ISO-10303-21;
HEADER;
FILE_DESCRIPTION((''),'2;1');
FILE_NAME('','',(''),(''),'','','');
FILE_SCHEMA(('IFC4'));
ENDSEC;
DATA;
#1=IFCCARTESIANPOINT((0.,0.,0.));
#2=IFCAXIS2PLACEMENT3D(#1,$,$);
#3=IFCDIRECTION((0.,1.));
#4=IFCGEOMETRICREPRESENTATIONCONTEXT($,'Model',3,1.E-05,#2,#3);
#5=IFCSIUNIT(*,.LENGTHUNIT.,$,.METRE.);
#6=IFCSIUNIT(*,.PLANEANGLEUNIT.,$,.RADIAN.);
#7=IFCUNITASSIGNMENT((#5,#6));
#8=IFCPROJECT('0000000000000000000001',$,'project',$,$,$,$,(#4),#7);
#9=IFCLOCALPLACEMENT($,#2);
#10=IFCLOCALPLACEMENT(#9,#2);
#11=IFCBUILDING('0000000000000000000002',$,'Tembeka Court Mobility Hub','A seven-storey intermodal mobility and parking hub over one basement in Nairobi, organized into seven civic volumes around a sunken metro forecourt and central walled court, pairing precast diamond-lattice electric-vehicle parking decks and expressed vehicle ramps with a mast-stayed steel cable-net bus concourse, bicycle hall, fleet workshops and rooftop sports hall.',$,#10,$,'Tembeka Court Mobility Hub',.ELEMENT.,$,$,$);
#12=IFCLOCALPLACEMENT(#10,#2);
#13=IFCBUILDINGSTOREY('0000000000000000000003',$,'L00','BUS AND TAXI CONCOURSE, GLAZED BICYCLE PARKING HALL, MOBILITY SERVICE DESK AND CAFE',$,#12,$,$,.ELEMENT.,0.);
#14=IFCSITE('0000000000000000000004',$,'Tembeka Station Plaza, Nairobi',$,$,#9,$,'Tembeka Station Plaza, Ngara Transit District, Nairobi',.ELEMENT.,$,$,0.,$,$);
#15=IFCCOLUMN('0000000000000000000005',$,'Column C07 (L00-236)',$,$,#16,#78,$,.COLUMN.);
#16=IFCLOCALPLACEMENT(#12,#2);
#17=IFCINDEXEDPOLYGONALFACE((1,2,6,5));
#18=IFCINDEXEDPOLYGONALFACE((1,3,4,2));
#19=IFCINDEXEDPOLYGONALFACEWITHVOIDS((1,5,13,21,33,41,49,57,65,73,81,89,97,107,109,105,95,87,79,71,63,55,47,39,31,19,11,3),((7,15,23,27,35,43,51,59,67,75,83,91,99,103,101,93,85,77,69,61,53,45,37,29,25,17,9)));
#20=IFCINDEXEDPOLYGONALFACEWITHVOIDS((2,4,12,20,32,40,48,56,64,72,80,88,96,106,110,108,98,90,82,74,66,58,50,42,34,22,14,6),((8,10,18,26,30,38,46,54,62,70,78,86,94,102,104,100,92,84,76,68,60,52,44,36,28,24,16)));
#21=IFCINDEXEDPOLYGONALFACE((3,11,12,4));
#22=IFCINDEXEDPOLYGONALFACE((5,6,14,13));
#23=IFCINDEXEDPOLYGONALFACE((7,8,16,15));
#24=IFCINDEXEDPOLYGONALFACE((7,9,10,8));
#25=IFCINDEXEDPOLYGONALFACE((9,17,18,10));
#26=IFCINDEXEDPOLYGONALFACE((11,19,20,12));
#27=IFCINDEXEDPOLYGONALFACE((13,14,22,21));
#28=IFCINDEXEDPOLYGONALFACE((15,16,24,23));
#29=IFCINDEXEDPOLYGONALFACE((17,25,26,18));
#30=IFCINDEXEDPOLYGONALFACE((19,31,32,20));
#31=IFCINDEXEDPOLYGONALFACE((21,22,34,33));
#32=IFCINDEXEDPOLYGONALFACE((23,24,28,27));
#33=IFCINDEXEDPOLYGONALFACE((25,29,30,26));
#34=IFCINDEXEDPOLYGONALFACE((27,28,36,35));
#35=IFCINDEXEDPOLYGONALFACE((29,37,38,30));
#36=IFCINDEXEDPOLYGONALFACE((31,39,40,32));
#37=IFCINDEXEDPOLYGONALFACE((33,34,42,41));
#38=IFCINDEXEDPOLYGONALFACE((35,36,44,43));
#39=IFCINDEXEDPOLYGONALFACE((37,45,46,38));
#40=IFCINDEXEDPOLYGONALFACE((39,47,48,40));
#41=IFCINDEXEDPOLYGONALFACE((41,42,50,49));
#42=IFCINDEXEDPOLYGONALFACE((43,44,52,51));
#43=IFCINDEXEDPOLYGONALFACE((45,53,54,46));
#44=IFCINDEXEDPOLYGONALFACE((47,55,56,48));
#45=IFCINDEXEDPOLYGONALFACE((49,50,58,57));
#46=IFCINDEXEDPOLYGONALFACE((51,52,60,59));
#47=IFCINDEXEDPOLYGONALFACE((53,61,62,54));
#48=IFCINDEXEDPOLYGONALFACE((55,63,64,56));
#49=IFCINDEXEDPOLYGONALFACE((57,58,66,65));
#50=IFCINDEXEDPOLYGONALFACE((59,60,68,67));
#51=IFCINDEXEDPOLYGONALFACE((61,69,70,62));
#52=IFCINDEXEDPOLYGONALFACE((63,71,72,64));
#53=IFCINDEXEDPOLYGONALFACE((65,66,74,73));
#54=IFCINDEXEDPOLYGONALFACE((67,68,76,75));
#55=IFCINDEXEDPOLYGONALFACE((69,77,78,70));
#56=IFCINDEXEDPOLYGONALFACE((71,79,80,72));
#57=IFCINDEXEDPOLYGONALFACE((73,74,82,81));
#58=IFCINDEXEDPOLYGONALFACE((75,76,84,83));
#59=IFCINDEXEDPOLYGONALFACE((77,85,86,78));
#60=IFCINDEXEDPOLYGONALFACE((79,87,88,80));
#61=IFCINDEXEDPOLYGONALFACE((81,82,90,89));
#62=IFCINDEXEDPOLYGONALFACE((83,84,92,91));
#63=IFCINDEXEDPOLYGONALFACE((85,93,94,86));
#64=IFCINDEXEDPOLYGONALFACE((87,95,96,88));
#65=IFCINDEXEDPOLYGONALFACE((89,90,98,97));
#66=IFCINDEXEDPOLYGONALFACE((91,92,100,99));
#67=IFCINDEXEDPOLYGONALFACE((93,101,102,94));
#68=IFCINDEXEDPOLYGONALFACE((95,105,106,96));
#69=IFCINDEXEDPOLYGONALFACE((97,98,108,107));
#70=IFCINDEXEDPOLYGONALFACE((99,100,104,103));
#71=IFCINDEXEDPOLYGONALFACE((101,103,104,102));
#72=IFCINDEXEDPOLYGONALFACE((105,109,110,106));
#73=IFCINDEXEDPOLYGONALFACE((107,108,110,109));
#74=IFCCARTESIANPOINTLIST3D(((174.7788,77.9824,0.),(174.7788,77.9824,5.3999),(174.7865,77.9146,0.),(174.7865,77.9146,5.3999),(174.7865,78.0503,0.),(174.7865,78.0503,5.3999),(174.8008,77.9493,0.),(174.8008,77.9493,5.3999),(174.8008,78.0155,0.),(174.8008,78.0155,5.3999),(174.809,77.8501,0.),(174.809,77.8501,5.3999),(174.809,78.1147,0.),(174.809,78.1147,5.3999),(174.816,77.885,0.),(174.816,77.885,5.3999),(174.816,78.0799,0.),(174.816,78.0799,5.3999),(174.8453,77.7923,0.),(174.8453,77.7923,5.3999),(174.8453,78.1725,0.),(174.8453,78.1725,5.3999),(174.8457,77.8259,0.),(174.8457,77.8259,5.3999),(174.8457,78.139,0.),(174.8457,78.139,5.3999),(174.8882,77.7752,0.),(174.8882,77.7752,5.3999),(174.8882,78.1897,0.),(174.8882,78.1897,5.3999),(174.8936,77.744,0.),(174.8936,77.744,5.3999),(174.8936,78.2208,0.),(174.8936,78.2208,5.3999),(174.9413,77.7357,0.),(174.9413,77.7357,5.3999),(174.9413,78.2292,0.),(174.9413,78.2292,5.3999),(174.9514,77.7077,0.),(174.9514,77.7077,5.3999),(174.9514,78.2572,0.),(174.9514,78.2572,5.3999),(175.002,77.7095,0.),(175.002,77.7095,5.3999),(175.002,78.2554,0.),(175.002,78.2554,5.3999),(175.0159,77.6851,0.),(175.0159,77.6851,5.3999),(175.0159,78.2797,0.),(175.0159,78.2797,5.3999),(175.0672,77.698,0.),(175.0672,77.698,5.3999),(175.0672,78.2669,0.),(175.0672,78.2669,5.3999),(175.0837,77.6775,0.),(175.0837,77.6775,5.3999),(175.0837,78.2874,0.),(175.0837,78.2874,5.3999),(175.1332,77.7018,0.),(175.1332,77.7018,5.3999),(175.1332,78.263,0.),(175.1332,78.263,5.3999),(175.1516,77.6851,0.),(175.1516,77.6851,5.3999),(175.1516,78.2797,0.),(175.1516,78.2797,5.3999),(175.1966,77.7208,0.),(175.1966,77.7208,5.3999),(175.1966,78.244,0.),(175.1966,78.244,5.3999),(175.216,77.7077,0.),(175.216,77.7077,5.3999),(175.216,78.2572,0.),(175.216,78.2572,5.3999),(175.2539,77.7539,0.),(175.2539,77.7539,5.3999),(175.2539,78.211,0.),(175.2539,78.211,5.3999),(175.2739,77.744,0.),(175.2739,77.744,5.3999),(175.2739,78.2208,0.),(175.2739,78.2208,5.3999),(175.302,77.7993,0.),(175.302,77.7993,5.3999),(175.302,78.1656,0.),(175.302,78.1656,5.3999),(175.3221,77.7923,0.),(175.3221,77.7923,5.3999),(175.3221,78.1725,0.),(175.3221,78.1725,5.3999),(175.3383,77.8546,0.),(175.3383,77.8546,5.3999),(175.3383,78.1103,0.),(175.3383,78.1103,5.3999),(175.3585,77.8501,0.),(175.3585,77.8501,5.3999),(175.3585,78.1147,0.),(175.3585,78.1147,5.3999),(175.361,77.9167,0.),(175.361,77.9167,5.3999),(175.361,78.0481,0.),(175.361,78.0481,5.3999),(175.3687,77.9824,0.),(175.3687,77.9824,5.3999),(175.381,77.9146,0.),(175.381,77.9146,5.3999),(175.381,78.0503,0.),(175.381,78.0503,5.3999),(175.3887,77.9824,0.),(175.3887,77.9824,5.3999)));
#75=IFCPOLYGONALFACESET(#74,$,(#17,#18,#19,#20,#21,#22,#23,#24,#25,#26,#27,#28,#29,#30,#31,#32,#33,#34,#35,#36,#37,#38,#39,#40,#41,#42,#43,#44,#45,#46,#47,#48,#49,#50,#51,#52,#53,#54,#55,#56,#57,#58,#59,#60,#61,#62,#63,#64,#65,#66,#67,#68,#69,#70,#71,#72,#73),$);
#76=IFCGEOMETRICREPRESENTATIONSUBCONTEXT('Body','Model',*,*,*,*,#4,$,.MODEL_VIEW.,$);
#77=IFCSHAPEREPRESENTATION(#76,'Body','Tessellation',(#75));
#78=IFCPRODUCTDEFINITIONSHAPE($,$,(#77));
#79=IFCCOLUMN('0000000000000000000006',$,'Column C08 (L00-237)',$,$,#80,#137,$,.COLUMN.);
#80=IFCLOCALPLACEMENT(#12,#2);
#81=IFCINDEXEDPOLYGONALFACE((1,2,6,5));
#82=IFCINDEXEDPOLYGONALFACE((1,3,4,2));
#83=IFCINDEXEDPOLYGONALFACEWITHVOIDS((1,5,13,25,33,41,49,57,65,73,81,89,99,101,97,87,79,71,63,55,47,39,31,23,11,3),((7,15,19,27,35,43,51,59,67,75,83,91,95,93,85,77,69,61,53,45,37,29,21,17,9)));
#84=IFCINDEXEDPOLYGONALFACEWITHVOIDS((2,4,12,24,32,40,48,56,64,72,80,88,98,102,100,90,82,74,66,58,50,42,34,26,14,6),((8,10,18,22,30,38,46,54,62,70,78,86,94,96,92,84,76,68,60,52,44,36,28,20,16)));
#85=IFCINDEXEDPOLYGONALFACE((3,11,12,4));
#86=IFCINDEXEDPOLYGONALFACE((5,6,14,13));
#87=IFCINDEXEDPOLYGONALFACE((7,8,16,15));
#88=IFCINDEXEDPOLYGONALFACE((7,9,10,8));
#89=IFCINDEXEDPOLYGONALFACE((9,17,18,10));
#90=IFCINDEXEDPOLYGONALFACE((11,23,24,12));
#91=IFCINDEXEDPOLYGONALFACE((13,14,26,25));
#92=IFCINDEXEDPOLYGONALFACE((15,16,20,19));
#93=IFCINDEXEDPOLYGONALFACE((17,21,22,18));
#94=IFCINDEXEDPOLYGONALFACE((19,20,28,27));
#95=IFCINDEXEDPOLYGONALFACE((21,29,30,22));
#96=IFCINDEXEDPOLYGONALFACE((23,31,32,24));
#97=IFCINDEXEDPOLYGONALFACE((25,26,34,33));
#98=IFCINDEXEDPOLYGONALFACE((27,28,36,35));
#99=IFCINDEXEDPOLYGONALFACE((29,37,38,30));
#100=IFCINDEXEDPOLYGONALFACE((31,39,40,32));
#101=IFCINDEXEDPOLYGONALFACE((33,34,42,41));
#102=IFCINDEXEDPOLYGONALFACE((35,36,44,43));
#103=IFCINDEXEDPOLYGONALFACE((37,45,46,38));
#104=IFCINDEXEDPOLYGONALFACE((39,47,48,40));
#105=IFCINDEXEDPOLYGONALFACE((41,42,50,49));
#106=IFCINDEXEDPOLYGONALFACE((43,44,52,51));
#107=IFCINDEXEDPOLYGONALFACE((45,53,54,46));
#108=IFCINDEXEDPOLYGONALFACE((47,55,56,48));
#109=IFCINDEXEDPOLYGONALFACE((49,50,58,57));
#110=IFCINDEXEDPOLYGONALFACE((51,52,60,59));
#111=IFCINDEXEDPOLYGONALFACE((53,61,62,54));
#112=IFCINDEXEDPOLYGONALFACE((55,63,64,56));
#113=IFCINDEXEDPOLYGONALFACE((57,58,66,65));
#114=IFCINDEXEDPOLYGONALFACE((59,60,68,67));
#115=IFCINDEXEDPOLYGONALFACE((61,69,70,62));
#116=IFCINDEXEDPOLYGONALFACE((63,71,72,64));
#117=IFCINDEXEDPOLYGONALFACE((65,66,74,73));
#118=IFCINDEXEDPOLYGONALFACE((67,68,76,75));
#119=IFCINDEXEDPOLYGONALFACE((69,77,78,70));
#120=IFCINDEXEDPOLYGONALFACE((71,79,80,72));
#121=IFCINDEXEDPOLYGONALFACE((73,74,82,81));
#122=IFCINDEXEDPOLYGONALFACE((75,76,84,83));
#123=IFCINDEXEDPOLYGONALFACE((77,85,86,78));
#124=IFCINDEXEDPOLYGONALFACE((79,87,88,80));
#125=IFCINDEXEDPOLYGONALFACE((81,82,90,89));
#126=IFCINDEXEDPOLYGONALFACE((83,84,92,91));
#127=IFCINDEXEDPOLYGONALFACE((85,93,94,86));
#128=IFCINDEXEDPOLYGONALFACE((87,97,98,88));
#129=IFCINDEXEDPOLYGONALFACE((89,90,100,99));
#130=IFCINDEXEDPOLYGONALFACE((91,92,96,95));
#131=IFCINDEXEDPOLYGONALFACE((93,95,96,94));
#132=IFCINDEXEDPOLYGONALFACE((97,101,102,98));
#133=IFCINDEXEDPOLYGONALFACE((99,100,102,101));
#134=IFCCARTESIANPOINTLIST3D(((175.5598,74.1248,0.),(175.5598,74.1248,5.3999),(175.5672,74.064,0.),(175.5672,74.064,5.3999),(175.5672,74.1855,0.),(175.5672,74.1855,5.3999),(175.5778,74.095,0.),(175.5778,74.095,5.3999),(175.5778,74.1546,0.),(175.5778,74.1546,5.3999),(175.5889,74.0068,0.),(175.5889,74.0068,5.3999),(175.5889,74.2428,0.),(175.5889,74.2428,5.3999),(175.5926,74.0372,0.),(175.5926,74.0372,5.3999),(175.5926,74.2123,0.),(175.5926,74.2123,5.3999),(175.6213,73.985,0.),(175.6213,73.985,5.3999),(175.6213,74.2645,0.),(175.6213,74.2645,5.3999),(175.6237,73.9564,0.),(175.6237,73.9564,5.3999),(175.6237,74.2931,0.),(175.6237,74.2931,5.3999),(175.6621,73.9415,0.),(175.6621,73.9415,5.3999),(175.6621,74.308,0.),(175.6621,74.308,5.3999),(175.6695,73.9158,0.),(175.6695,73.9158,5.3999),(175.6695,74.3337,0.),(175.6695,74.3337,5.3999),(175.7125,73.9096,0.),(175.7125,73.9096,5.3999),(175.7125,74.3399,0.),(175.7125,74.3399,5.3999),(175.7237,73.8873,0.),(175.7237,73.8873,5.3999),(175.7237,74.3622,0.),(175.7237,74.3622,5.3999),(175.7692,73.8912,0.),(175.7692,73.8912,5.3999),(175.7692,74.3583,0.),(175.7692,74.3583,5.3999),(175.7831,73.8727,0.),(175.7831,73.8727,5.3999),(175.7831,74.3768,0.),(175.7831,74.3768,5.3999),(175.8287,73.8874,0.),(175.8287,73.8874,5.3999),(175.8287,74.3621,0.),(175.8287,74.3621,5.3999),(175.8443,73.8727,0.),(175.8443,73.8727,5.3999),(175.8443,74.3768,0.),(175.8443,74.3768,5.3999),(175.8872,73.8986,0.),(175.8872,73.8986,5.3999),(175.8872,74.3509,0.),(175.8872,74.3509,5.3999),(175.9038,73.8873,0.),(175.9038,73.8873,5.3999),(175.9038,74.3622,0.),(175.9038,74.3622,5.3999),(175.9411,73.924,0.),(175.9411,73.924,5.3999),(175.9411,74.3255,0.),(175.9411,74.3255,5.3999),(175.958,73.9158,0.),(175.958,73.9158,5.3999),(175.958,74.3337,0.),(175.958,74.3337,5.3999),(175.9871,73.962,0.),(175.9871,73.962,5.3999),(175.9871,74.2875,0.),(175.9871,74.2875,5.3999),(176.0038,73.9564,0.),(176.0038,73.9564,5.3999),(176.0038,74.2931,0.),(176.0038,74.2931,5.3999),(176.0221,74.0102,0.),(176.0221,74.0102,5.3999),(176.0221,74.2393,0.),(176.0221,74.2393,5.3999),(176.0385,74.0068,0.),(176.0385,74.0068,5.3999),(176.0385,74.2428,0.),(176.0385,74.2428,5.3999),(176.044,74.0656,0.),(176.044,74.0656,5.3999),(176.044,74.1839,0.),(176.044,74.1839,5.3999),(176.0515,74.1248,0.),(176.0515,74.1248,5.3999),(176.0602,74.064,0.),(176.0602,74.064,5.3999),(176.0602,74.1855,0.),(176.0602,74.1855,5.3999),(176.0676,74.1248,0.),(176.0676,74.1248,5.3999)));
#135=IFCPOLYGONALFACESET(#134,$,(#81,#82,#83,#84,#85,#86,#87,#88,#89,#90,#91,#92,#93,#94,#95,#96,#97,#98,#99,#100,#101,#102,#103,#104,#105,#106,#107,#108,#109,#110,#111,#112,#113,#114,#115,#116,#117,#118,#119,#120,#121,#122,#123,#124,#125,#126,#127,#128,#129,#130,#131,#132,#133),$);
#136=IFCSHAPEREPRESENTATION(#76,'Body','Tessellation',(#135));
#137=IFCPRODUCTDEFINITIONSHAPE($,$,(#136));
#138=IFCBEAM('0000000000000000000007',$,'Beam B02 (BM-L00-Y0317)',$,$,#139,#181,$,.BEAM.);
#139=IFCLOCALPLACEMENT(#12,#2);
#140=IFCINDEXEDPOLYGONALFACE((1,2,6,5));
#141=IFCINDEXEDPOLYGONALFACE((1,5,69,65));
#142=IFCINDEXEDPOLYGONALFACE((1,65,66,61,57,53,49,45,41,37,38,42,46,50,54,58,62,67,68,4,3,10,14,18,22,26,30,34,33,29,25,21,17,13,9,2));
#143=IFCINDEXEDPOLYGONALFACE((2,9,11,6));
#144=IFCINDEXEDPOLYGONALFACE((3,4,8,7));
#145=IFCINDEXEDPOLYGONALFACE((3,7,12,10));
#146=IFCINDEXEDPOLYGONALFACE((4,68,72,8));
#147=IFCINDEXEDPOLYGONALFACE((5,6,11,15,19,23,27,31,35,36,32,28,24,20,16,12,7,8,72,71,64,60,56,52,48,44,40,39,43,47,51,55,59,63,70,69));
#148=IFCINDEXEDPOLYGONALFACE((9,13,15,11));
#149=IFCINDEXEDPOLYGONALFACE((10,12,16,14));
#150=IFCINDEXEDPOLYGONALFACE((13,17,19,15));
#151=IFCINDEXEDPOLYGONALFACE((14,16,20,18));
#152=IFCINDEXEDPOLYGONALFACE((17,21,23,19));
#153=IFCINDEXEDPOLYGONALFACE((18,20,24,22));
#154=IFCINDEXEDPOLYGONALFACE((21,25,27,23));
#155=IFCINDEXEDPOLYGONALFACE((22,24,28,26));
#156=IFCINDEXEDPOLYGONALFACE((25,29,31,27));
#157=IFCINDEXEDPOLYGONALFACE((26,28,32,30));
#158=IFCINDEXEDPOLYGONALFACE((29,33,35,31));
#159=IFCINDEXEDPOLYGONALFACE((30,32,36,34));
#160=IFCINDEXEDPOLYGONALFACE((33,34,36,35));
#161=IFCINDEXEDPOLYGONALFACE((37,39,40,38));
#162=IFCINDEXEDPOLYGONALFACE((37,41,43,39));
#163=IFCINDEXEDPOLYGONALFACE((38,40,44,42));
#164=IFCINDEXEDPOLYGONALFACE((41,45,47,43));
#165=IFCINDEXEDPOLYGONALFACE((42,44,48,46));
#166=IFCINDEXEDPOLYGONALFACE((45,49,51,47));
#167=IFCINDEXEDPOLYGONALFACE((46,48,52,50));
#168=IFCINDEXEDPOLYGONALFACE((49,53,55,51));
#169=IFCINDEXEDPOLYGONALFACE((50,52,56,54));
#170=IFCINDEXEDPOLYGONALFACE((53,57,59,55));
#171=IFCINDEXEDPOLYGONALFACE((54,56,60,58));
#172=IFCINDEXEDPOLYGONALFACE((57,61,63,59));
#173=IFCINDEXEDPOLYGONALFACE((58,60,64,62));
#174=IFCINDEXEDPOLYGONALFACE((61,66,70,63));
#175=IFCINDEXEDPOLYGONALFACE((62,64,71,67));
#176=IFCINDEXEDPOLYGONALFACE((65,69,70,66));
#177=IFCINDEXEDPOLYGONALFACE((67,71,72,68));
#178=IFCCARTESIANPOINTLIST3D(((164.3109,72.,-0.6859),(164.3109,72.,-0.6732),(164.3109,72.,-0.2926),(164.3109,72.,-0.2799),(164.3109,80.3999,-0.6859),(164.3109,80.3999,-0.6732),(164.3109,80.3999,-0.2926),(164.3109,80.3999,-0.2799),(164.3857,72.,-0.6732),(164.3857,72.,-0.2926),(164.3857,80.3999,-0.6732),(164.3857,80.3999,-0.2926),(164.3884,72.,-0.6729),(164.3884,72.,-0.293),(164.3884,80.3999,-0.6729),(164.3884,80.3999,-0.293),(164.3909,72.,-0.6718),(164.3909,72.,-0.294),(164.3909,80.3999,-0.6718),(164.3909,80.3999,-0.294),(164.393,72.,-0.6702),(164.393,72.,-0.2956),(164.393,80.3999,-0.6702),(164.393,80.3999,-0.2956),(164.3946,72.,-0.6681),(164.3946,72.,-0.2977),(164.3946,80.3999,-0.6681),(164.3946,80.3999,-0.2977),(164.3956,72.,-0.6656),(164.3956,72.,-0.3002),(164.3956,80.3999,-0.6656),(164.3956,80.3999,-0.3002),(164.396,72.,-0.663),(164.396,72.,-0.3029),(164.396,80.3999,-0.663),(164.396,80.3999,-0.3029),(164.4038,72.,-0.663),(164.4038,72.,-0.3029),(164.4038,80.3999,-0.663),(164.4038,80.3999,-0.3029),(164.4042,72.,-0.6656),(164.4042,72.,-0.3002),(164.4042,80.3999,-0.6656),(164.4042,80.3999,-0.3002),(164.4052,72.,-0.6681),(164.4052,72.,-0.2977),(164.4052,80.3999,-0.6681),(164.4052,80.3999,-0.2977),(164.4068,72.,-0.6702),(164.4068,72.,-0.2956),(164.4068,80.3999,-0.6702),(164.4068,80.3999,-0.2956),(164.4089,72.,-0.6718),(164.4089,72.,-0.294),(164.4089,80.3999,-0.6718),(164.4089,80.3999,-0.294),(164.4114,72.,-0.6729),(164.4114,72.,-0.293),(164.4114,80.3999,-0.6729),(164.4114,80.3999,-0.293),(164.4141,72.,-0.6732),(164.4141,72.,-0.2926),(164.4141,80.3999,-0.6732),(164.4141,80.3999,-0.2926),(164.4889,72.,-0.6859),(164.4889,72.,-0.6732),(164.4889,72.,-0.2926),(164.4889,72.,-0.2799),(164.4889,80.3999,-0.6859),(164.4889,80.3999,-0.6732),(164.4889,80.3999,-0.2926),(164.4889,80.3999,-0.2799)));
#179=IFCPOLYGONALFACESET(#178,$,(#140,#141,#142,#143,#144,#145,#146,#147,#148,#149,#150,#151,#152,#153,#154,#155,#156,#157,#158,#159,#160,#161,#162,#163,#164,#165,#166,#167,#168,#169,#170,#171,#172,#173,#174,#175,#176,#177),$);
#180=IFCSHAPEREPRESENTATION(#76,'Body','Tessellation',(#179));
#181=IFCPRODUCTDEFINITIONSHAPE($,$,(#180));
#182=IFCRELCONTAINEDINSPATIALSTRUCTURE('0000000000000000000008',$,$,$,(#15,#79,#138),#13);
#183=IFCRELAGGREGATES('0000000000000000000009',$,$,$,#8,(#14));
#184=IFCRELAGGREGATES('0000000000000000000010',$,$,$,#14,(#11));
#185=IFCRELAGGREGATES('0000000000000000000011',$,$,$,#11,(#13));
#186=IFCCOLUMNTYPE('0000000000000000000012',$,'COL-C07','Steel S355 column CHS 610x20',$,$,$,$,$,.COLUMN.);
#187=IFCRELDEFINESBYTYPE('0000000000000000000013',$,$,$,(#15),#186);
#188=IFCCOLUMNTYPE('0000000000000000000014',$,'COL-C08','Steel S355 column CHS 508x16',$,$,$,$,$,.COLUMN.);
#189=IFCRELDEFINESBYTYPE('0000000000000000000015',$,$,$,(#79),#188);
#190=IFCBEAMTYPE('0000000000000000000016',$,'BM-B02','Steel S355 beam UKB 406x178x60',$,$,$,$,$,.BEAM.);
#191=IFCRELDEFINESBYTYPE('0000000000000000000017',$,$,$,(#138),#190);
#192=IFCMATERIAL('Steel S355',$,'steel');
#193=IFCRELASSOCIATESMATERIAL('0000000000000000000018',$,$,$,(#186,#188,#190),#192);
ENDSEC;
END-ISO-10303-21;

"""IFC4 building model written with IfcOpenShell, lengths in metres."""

from ifc_helpers import new_model, si_unit, direction, frame, origin, origin_2d, place, context, subcontext, project, spatial, hollow_circle, i_section, extrude, material, material_profile, profile_set, type_object, element, save


model = new_model("IFC4")

# Units and contexts
model_context = context("Model", 3, precision=1e-05, world=origin(), true_north=direction((0.0, 1.0)))
body_context = subcontext(model_context, "Body", "Model", "MODEL_VIEW")
ifc_project = project(units=[si_unit("LENGTHUNIT", "METRE"), si_unit("PLANEANGLEUNIT", "RADIAN")], contexts=[model_context])

# Site, building, storey
site_placement = place(None, origin())
site = spatial("IfcSite", under=ifc_project, at=site_placement, Name="Tembeka Station Plaza, Nairobi", LongName="Tembeka Station Plaza, Ngara Transit District, Nairobi", CompositionType="ELEMENT", RefElevation=0.0)
building_placement = place(site_placement, origin())
building = spatial("IfcBuilding", under=site, at=building_placement, Name="Tembeka Court Mobility Hub", Description="A seven-storey intermodal mobility and parking hub over one basement in Nairobi, organized into seven civic volumes around a sunken metro forecourt and central walled court, pairing precast diamond-lattice electric-vehicle parking decks and expressed vehicle ramps with a mast-stayed steel cable-net bus concourse, bicycle hall, fleet workshops and rooftop sports hall.", LongName="Tembeka Court Mobility Hub", CompositionType="ELEMENT")
storey_placement = place(building_placement, origin())
storey = spatial("IfcBuildingStorey", under=building, at=storey_placement, Name="L00", Description="BUS AND TAXI CONCOURSE, GLAZED BICYCLE PARKING HALL, MOBILITY SERVICE DESK AND CAFE", CompositionType="ELEMENT", Elevation=0.0)

# Columns
ifc_material_1 = material(Name="Steel S355", Category="steel")
ifc_material_profile_1 = material_profile(ifc_material_1, hollow_circle(Radius=0.3049, WallThickness=0.02, at=origin_2d()), Name="CHS 610x20")
ifc_profile_set_1 = profile_set([ifc_material_profile_1], Name="Steel S355")
column_type_1 = type_object("IfcColumnType", Name="COL-C07", Description="Steel S355 column CHS 610x20", PredefinedType="COLUMN", material=ifc_profile_set_1)
column_1_placement = place(storey_placement, frame((175.0837, 77.9824, 0.0), z_axis=(0.0, 0.0, 1.0), x_axis=(1.0, 0.0, 0.0)))
element("IfcColumn", 1, at=column_1_placement, inside=storey, type_object=column_type_1, Name="Column C07 (L00-236)", PredefinedType="COLUMN", context=body_context, shape_type="SweptSolid", body=[
    extrude(hollow_circle(Radius=0.3049, WallThickness=0.02, at=origin_2d()), origin(), (0.0, 0.0, 1.0), 5.3999),
])
ifc_material_profile_2 = material_profile(ifc_material_1, hollow_circle(Radius=0.2539, WallThickness=0.0161, at=origin_2d()), Name="CHS 508x16")
ifc_profile_set_2 = profile_set([ifc_material_profile_2], Name="Steel S355")
column_type_2 = type_object("IfcColumnType", Name="COL-C08", Description="Steel S355 column CHS 508x16", PredefinedType="COLUMN", material=ifc_profile_set_2)
column_2_placement = place(storey_placement, frame((175.8137, 74.1248, 0.0), z_axis=(0.0, 0.0, 1.0), x_axis=(1.0, 0.0, 0.0)))
element("IfcColumn", 2, at=column_2_placement, inside=storey, type_object=column_type_2, Name="Column C08 (L00-237)", PredefinedType="COLUMN", context=body_context, shape_type="SweptSolid", body=[
    extrude(hollow_circle(Radius=0.2539, WallThickness=0.0161, at=origin_2d()), origin(), (0.0, 0.0, 1.0), 5.3999),
])

# Beam
ifc_material_profile_3 = material_profile(ifc_material_1, i_section(OverallWidth=0.178, OverallDepth=0.406, WebThickness=0.0078, FlangeThickness=0.0127, FilletRadius=0.0103, at=origin_2d()), Name="UKB 406x178x60")
ifc_profile_set_3 = profile_set([ifc_material_profile_3], Name="Steel S355")
beam_type_1 = type_object("IfcBeamType", Name="BM-B02", Description="Steel S355 beam UKB 406x178x60", PredefinedType="BEAM", material=ifc_profile_set_3)
beam_1_placement = place(storey_placement, frame((164.3999, 72.0, -0.4829), z_axis=(0.0, 1.0, 0.0), x_axis=(-1.0, 0.0, 0.0)))
element("IfcBeam", 3, at=beam_1_placement, inside=storey, type_object=beam_type_1, Name="Beam B02 (BM-L00-Y0317)", PredefinedType="BEAM", context=body_context, shape_type="SweptSolid", body=[
    extrude(i_section(OverallWidth=0.178, OverallDepth=0.406, WebThickness=0.0078, FlangeThickness=0.0127, FilletRadius=0.0103, at=origin_2d()), origin(), (0.0, 0.0, 1.0), 8.3999),
])

save(model, "model.ifc")
